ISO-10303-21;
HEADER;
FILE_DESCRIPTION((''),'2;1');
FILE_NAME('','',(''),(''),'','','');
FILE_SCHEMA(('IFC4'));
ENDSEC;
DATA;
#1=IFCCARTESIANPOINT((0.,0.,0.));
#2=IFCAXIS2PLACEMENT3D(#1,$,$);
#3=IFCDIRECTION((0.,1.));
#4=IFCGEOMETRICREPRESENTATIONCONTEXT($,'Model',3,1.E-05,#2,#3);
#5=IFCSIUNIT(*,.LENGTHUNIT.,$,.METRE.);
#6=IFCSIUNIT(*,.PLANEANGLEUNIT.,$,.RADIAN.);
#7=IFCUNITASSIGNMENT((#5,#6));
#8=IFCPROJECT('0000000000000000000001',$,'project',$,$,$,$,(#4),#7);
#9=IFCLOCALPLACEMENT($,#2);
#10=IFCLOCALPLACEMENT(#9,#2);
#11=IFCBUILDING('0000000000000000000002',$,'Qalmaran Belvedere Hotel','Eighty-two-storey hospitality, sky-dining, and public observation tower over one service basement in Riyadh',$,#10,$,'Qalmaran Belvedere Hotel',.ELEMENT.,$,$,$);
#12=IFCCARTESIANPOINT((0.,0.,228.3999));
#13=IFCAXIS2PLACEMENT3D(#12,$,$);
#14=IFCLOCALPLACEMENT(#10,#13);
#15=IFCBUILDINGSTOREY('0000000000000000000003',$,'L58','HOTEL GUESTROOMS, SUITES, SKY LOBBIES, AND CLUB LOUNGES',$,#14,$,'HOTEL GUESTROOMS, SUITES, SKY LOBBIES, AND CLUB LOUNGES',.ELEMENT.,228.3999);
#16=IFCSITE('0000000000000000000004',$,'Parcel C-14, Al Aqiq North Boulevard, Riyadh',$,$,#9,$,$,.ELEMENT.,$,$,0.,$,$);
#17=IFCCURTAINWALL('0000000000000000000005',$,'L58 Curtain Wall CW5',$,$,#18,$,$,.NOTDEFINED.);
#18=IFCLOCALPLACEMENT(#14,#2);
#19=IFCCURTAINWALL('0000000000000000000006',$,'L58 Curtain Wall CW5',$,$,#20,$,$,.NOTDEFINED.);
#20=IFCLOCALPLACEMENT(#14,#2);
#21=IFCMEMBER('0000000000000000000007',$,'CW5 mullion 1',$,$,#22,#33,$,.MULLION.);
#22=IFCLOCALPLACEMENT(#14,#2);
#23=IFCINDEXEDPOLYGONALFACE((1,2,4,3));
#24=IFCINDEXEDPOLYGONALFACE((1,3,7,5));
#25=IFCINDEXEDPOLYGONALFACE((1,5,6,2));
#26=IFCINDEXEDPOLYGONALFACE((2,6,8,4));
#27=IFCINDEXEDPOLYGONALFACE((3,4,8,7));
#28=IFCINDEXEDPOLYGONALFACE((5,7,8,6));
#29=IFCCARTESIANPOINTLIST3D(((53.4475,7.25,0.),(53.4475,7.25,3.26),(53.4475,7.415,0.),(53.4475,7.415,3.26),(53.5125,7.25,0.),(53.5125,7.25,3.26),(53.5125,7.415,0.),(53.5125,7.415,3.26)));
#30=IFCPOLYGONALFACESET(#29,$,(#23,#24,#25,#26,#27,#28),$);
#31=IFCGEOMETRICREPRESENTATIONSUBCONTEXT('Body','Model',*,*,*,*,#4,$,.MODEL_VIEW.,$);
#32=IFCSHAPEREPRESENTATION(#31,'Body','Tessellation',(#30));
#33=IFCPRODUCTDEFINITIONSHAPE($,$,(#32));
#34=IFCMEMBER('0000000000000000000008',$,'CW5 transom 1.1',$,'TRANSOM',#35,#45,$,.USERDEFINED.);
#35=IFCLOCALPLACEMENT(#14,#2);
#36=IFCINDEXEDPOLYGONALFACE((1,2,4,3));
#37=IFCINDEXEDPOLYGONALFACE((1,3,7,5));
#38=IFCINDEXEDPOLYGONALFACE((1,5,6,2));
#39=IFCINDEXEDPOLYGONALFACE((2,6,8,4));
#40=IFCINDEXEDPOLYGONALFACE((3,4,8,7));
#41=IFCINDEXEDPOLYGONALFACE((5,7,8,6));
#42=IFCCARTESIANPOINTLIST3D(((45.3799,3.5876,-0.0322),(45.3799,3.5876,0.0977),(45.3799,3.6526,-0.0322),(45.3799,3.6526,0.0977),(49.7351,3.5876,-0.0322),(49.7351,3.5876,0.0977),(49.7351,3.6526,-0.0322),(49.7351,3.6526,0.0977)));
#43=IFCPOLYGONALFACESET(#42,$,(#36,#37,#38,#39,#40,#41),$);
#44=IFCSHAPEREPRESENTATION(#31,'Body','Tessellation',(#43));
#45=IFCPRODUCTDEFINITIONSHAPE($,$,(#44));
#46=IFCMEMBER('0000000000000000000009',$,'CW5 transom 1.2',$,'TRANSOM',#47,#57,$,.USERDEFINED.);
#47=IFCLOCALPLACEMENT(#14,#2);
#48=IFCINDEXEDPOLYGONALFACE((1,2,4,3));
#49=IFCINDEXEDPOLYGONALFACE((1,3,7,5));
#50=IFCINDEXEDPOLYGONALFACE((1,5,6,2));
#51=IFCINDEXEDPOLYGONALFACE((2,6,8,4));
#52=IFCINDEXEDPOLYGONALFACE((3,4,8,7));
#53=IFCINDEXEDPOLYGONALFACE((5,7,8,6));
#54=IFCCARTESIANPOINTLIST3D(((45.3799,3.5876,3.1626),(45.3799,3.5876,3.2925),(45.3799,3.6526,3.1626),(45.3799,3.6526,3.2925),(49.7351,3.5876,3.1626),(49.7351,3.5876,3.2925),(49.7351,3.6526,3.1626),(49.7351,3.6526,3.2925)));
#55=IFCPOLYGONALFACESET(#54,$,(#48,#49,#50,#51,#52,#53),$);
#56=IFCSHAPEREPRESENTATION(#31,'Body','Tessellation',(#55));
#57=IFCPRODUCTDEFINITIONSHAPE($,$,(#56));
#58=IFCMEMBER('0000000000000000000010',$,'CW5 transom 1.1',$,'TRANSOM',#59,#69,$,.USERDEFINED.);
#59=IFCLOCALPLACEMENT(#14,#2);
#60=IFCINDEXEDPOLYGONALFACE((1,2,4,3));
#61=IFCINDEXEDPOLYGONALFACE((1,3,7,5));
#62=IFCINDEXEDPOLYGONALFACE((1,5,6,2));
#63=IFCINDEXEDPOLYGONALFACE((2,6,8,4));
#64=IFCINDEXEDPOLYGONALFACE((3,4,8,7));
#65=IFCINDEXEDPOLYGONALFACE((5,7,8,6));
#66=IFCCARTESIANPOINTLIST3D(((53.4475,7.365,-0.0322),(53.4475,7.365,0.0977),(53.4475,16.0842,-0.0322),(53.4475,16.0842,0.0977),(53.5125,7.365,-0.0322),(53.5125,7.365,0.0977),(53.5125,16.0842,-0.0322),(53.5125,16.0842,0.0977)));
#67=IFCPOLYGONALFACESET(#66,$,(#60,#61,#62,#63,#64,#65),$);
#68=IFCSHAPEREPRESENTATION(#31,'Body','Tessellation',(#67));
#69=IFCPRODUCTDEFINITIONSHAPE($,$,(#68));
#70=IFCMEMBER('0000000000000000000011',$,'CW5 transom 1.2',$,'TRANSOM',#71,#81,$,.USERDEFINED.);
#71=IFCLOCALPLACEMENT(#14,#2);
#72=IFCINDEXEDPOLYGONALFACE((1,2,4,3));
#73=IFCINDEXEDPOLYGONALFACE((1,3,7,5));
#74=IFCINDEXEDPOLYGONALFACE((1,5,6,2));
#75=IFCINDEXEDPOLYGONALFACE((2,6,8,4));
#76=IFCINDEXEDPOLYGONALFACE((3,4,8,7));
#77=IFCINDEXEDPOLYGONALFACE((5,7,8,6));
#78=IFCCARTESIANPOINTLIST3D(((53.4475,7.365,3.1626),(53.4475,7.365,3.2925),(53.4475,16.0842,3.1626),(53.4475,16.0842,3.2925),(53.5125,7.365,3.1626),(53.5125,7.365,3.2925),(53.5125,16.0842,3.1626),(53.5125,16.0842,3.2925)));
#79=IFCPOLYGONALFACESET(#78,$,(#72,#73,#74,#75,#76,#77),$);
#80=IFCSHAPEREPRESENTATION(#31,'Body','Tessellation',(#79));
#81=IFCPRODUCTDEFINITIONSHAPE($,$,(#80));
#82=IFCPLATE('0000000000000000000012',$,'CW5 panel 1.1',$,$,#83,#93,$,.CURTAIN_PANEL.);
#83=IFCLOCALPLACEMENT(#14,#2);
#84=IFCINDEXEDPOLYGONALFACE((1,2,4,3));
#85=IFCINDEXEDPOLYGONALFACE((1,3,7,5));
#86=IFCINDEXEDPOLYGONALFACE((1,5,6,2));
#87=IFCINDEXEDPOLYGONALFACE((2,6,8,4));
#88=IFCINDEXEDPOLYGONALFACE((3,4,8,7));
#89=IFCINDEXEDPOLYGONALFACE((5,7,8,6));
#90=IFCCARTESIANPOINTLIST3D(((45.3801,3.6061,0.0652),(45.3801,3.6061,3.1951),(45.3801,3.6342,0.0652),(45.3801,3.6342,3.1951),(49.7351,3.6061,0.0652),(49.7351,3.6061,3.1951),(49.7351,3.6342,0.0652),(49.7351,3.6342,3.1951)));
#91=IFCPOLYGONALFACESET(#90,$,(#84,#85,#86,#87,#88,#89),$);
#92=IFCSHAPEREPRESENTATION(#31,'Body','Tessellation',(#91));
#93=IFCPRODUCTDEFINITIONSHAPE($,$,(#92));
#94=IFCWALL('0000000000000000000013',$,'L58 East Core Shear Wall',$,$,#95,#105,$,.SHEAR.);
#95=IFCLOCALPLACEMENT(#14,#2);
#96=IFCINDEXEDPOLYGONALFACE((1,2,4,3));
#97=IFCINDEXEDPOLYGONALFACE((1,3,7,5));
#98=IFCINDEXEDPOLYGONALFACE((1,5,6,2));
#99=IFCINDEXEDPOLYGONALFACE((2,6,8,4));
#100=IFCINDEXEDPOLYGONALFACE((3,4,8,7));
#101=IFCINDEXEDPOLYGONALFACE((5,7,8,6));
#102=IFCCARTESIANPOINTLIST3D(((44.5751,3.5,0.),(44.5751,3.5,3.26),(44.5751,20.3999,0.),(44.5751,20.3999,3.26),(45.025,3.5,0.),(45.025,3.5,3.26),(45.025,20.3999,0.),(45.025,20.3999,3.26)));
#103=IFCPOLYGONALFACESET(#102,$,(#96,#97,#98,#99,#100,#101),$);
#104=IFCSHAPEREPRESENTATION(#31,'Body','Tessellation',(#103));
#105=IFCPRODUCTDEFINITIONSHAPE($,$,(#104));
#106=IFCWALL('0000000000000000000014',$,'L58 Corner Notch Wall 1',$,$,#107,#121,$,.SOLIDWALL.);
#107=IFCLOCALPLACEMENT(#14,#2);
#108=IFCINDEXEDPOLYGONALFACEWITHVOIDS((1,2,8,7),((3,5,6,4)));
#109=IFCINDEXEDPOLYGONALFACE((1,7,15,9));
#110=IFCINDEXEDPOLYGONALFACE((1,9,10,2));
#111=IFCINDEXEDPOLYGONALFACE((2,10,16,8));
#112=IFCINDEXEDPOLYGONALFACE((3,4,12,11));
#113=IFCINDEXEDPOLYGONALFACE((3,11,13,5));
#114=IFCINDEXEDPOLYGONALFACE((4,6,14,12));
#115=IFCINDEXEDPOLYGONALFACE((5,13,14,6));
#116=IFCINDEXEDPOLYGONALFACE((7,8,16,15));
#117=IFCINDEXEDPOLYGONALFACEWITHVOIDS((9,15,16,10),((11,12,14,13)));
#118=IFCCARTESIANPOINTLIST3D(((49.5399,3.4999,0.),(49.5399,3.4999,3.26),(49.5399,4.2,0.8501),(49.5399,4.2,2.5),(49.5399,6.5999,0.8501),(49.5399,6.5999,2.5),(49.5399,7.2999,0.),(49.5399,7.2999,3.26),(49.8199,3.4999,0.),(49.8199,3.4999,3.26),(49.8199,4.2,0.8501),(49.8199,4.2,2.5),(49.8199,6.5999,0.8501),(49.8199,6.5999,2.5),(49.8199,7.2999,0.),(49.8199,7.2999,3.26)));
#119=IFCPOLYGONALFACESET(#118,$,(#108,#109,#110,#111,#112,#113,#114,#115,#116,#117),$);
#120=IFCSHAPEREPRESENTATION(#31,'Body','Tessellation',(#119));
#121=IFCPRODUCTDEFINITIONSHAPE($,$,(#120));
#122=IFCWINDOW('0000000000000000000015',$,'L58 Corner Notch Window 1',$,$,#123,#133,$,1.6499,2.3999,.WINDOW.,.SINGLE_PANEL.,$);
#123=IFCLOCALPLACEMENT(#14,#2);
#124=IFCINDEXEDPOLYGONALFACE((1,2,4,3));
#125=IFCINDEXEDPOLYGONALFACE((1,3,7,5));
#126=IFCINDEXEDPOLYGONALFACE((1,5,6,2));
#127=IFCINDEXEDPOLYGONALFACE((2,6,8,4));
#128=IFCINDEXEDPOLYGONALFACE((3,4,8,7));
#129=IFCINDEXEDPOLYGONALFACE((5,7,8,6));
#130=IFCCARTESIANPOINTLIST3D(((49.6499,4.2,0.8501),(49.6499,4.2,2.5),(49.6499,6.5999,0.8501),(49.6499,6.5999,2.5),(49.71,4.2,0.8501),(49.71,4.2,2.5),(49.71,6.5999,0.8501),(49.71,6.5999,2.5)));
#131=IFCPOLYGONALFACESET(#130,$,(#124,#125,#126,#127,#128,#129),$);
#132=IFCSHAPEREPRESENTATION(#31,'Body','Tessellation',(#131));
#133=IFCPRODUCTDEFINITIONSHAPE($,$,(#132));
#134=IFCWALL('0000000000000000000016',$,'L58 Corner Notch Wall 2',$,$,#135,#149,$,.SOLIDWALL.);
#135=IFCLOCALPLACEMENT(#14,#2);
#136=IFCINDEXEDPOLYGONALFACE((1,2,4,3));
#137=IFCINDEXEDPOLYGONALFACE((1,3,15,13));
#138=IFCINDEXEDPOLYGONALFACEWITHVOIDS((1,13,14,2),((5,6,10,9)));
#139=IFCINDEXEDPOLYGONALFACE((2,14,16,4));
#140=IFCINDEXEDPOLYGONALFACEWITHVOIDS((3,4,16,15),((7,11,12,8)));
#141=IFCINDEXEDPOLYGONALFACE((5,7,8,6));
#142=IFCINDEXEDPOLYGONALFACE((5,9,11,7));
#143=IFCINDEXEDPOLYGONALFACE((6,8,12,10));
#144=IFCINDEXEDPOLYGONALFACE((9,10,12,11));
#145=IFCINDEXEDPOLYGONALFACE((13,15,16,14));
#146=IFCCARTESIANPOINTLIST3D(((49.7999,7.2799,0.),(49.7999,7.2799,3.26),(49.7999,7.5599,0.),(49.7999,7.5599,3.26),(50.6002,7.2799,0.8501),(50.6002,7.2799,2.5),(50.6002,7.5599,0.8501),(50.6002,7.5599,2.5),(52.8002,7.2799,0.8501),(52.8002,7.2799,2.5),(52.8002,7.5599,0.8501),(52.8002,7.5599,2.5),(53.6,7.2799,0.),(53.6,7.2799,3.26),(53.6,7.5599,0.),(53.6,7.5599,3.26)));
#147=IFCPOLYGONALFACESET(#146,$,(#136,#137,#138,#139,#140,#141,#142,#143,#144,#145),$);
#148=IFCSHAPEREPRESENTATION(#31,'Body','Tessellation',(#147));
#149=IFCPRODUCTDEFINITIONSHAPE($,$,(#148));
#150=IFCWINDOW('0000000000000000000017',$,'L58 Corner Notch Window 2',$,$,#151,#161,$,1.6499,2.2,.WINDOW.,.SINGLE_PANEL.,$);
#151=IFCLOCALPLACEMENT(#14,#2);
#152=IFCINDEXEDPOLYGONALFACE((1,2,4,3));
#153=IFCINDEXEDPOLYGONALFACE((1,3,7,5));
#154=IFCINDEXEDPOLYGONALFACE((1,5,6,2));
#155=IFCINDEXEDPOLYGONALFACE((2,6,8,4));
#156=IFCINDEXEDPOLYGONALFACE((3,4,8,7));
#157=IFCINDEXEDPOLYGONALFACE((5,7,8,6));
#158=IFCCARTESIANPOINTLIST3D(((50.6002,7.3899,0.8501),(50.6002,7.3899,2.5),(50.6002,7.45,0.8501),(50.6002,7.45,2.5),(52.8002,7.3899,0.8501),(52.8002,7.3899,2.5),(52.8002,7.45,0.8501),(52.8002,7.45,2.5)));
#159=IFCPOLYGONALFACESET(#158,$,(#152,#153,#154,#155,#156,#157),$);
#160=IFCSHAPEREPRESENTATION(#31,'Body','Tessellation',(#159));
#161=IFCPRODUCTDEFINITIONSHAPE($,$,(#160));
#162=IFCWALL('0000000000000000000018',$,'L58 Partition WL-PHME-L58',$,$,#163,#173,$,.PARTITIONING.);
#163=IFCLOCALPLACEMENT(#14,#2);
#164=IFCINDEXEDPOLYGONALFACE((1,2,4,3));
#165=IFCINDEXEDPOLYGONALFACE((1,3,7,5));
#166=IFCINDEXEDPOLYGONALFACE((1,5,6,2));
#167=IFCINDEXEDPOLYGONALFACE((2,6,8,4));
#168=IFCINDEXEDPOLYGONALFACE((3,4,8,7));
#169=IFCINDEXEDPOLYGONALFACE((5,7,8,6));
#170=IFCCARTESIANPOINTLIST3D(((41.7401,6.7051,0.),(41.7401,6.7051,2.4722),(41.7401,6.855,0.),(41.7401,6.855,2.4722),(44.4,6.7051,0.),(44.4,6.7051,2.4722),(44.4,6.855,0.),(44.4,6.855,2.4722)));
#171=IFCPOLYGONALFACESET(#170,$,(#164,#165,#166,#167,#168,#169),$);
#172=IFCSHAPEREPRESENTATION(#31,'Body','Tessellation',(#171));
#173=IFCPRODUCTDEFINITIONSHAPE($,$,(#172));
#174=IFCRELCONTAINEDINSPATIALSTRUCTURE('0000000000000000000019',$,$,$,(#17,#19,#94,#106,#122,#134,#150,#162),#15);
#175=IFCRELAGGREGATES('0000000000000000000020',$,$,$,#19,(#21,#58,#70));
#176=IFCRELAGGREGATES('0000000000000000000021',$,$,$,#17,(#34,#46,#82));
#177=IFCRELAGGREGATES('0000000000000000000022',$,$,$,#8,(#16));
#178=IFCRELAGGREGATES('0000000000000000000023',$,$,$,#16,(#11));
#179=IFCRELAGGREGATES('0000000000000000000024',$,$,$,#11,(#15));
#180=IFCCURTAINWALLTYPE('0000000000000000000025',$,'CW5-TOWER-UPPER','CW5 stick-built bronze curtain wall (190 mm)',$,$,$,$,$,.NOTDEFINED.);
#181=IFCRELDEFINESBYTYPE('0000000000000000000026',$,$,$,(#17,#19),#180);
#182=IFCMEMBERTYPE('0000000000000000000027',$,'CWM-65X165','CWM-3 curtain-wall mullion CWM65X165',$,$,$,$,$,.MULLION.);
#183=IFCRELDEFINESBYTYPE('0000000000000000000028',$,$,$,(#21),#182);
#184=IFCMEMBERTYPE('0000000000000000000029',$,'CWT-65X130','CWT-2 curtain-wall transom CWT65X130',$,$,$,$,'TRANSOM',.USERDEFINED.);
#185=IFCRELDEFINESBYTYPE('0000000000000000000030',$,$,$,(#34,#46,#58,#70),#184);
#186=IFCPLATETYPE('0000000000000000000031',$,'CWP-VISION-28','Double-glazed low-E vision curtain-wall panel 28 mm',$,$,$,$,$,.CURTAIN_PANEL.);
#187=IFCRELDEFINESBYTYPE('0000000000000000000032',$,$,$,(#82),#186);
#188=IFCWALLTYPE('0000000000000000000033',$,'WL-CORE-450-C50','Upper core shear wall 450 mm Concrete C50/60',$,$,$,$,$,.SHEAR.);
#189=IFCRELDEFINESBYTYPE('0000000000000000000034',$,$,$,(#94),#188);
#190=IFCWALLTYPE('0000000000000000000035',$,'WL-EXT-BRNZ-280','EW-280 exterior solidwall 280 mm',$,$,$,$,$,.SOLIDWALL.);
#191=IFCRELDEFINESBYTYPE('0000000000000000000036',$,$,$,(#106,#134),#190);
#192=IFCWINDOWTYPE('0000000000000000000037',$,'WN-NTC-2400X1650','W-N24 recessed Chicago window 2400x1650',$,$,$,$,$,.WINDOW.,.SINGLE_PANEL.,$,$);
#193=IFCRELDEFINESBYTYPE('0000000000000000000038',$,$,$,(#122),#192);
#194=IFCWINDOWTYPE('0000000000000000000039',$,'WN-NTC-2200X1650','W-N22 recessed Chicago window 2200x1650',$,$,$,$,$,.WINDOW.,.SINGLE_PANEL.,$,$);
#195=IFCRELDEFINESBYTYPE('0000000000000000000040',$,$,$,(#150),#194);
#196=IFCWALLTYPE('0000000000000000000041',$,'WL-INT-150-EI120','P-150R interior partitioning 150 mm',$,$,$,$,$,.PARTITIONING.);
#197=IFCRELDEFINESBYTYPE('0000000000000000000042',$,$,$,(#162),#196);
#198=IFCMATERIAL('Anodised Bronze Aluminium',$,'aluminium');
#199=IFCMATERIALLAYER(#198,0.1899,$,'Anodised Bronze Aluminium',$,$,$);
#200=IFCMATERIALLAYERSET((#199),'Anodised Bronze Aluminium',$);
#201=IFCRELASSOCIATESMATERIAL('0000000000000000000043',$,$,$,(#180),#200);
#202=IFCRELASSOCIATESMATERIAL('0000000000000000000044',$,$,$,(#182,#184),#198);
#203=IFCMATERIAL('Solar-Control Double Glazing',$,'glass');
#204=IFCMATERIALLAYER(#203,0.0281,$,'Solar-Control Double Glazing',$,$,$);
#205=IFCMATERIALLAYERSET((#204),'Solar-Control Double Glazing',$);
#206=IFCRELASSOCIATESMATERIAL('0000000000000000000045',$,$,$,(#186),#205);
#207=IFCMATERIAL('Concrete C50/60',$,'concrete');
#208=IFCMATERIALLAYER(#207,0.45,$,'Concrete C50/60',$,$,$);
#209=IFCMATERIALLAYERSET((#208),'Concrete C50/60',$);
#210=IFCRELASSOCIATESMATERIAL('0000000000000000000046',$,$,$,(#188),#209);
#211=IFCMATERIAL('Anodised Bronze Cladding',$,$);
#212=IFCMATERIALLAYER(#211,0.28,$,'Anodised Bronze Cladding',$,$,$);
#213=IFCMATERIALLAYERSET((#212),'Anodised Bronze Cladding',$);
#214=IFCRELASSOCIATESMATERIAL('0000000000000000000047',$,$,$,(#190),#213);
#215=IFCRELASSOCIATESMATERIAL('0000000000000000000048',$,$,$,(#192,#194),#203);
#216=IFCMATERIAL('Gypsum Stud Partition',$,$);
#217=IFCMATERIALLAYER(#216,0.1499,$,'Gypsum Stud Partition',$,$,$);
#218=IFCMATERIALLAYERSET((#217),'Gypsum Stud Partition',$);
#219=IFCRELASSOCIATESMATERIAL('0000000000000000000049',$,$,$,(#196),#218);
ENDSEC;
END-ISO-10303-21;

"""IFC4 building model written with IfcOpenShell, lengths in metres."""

from ifc_helpers import new_model, si_unit, direction, frame, frame_2d, origin, origin_2d, place, context, subcontext, project, spatial, rectangle, extrude, material, layer, layer_set, material_profile, profile_set, type_object, element, fill, aggregate, save


model = new_model("IFC4")

# Units and contexts
model_context = context("Model", 3, precision=1e-05, world=origin(), true_north=direction((0.0, 1.0)))
body_context = subcontext(model_context, "Body", "Model", "MODEL_VIEW")
ifc_project = project(units=[si_unit("LENGTHUNIT", "METRE"), si_unit("PLANEANGLEUNIT", "RADIAN")], contexts=[model_context])

# Site, building, storey
site_placement = place(None, origin())
site = spatial("IfcSite", under=ifc_project, at=site_placement, Name="Parcel C-14, Al Aqiq North Boulevard, Riyadh", CompositionType="ELEMENT", RefElevation=0.0)
building_placement = place(site_placement, origin())
building = spatial("IfcBuilding", under=site, at=building_placement, Name="Qalmaran Belvedere Hotel", Description="Eighty-two-storey hospitality, sky-dining, and public observation tower over one service basement in Riyadh", LongName="Qalmaran Belvedere Hotel", CompositionType="ELEMENT")
storey_placement = place(building_placement, frame((0.0, 0.0, 228.3999)))
storey = spatial("IfcBuildingStorey", under=building, at=storey_placement, Name="L58", Description="HOTEL GUESTROOMS, SUITES, SKY LOBBIES, AND CLUB LOUNGES", LongName="HOTEL GUESTROOMS, SUITES, SKY LOBBIES, AND CLUB LOUNGES", CompositionType="ELEMENT", Elevation=228.3999)

# Shared definitions
ifc_material_1 = material(Name="Concrete C50/60", Category="concrete")

# Curtain wall
ifc_material_2 = material(Name="Anodised Bronze Aluminium", Category="aluminium")
ifc_layer_1 = layer(ifc_material_2, 0.1899, Name="Anodised Bronze Aluminium")
ifc_layer_set_1 = layer_set([ifc_layer_1], Name="Anodised Bronze Aluminium")
curtain_wall_type = type_object("IfcCurtainWallType", Name="CW5-TOWER-UPPER", Description="CW5 stick-built bronze curtain wall (190 mm)", PredefinedType="NOTDEFINED", material=ifc_layer_set_1)
curtain_wall_1_placement = place(storey_placement, origin())
curtain_wall_1 = element("IfcCurtainWall", 1, at=curtain_wall_1_placement, inside=storey, type_object=curtain_wall_type, Name="L58 Curtain Wall CW5", PredefinedType="NOTDEFINED")
ifc_material_profile_1 = material_profile(ifc_material_2, rectangle(XDim=0.0649, YDim=0.165, at=origin_2d()), Name="CWM65X165")
ifc_profile_set_1 = profile_set([ifc_material_profile_1], Name="Anodised Bronze Aluminium")
member_type_1 = type_object("IfcMemberType", Name="CWM-65X165", Description="CWM-3 curtain-wall mullion CWM65X165", PredefinedType="MULLION", material=ifc_profile_set_1)

# Curtain wall, member
curtain_wall_2_placement = place(storey_placement, origin())
curtain_wall_2 = element("IfcCurtainWall", 2, at=curtain_wall_2_placement, inside=storey, type_object=curtain_wall_type, Name="L58 Curtain Wall CW5", PredefinedType="NOTDEFINED")
member_1_placement = place(storey_placement, frame((53.48, 7.3325, 0.0), z_axis=(0.0, 0.0, 1.0), x_axis=(-1.0, 0.0, 0.0)))
member_1 = element("IfcMember", 3, at=member_1_placement, type_object=member_type_1, Name="CW5 mullion 1", PredefinedType="MULLION", context=body_context, shape_type="SweptSolid", body=[
    extrude(rectangle(XDim=0.0649, YDim=0.165, at=origin_2d()), origin(), (0.0, 0.0, 1.0), 3.26),
])

# Members
ifc_material_profile_2 = material_profile(ifc_material_2, rectangle(XDim=0.0649, YDim=0.1299, at=origin_2d()), Name="CWT65X130")
ifc_profile_set_2 = profile_set([ifc_material_profile_2], Name="Anodised Bronze Aluminium")
member_type_2 = type_object("IfcMemberType", Name="CWT-65X130", Description="CWT-2 curtain-wall transom CWT65X130", ElementType="TRANSOM", PredefinedType="USERDEFINED", material=ifc_profile_set_2)
member_2_placement = place(storey_placement, frame((45.3799, 3.6201, 0.0327), z_axis=(1.0, 0.0, 0.0), x_axis=(0.0, 1.0, 0.0)))
member_2 = element("IfcMember", 4, at=member_2_placement, type_object=member_type_2, Name="CW5 transom 1.1", ObjectType="TRANSOM", PredefinedType="USERDEFINED", context=body_context, shape_type="SweptSolid", body=[
    extrude(rectangle(XDim=0.0649, YDim=0.1299, at=origin_2d()), origin(), (0.0, 0.0, 1.0), 4.3552),
])
member_3_placement = place(storey_placement, frame((45.3799, 3.6201, 3.2275), z_axis=(1.0, 0.0, 0.0), x_axis=(0.0, 1.0, 0.0)))
member_3 = element("IfcMember", 5, at=member_3_placement, type_object=member_type_2, Name="CW5 transom 1.2", ObjectType="TRANSOM", PredefinedType="USERDEFINED", context=body_context, shape_type="SweptSolid", body=[
    extrude(rectangle(XDim=0.0649, YDim=0.1299, at=origin_2d()), origin(), (0.0, 0.0, 1.0), 4.3552),
])
member_4_placement = place(storey_placement, frame((53.48, 7.365, 0.0327), z_axis=(0.0, 1.0, 0.0), x_axis=(-1.0, 0.0, 0.0)))
member_4 = element("IfcMember", 6, at=member_4_placement, type_object=member_type_2, Name="CW5 transom 1.1", ObjectType="TRANSOM", PredefinedType="USERDEFINED", context=body_context, shape_type="SweptSolid", body=[
    extrude(rectangle(XDim=0.0649, YDim=0.1299, at=origin_2d()), origin(), (0.0, 0.0, 1.0), 8.7192),
])
member_5_placement = place(storey_placement, frame((53.48, 7.365, 3.2275), z_axis=(0.0, 1.0, 0.0), x_axis=(-1.0, 0.0, 0.0)))
member_5 = element("IfcMember", 7, at=member_5_placement, type_object=member_type_2, Name="CW5 transom 1.2", ObjectType="TRANSOM", PredefinedType="USERDEFINED", context=body_context, shape_type="SweptSolid", body=[
    extrude(rectangle(XDim=0.0649, YDim=0.1299, at=origin_2d()), origin(), (0.0, 0.0, 1.0), 8.7192),
])
aggregate(curtain_wall_2, [member_1, member_4, member_5])

# Plate
ifc_material_3 = material(Name="Solar-Control Double Glazing", Category="glass")
ifc_layer_2 = layer(ifc_material_3, 0.0281, Name="Solar-Control Double Glazing")
ifc_layer_set_2 = layer_set([ifc_layer_2], Name="Solar-Control Double Glazing")
plate_type = type_object("IfcPlateType", Name="CWP-VISION-28", Description="Double-glazed low-E vision curtain-wall panel 28 mm", PredefinedType="CURTAIN_PANEL", material=ifc_layer_set_2)
plate_placement = place(storey_placement, frame((47.5576, 3.6201, 0.0652), z_axis=(0.0, 0.0, 1.0), x_axis=(1.0, 0.0, 0.0)))
plate = element("IfcPlate", 8, at=plate_placement, type_object=plate_type, Name="CW5 panel 1.1", PredefinedType="CURTAIN_PANEL", context=body_context, shape_type="SweptSolid", body=[
    extrude(rectangle(XDim=4.355, YDim=0.0281, at=origin_2d()), origin(), (0.0, 0.0, 1.0), 3.1299),
])
aggregate(curtain_wall_1, [member_2, member_3, plate])

# Wall
ifc_layer_3 = layer(ifc_material_1, 0.45, Name="Concrete C50/60")
ifc_layer_set_3 = layer_set([ifc_layer_3], Name="Concrete C50/60")
wall_type_1 = type_object("IfcWallType", Name="WL-CORE-450-C50", Description="Upper core shear wall 450 mm Concrete C50/60", PredefinedType="SHEAR", material=ifc_layer_set_3)
wall_1_placement = place(storey_placement, frame((44.8, 3.5, 0.0), z_axis=(0.0, 0.0, 1.0), x_axis=(0.0, 1.0, 0.0)))
element("IfcWall", 9, at=wall_1_placement, inside=storey, type_object=wall_type_1, Name="L58 East Core Shear Wall", PredefinedType="SHEAR", context=body_context, shape_type="SweptSolid", body=[
    extrude(rectangle(XDim=16.8999, YDim=0.45, at=frame_2d((8.45, 0.0))), origin(), (0.0, 0.0, 1.0), 3.26),
])

# Walls, openings, windows
ifc_material_4 = material(Name="Anodised Bronze Cladding")
ifc_layer_4 = layer(ifc_material_4, 0.28, Name="Anodised Bronze Cladding")
ifc_layer_set_4 = layer_set([ifc_layer_4], Name="Anodised Bronze Cladding")
wall_type_2 = type_object("IfcWallType", Name="WL-EXT-BRNZ-280", Description="EW-280 exterior solidwall 280 mm", PredefinedType="SOLIDWALL", material=ifc_layer_set_4)
wall_2_placement = place(storey_placement, frame((49.6799, 3.5, 0.0), z_axis=(0.0, 0.0, 1.0), x_axis=(0.0, 1.0, 0.0)))
wall_2 = element("IfcWall", 10, at=wall_2_placement, inside=storey, type_object=wall_type_2, Name="L58 Corner Notch Wall 1", PredefinedType="SOLIDWALL", context=body_context, shape_type="SweptSolid", body=[
    extrude(rectangle(XDim=3.8, YDim=0.28, at=frame_2d((1.8999, 0.0))), origin(), (0.0, 0.0, 1.0), 3.26),
])
opening_1_placement = place(wall_2_placement, frame((0.7, 0.0, 0.8501)))
opening_1 = element("IfcOpeningElement", 11, at=opening_1_placement, cuts=wall_2, PredefinedType="OPENING", context=body_context, shape_type="SweptSolid", body=[
    extrude(rectangle(XDim=2.3999, YDim=1.6499, at=frame_2d((1.2, 0.825))), frame((0.0, 0.1499, 0.0), z_axis=(0.0, -1.0, 0.0), x_axis=(1.0, 0.0, 0.0)), (0.0, 0.0, 1.0), 0.3),
])
window_type_1 = type_object("IfcWindowType", Name="WN-NTC-2400X1650", Description="W-N24 recessed Chicago window 2400x1650", PartitioningType="SINGLE_PANEL", PredefinedType="WINDOW", material=ifc_material_3)
window_1_placement = place(opening_1_placement, origin())
window_1 = element("IfcWindow", 12, at=window_1_placement, inside=storey, type_object=window_type_1, Name="L58 Corner Notch Window 1", OverallHeight=1.6499, OverallWidth=2.3999, PartitioningType="SINGLE_PANEL", PredefinedType="WINDOW", context=body_context, shape_type="SweptSolid", body=[
    extrude(rectangle(XDim=2.3999, YDim=1.6499, at=frame_2d((1.2, 0.825))), frame((0.0, 0.03, 0.0), z_axis=(0.0, -1.0, 0.0), x_axis=(1.0, 0.0, 0.0)), (0.0, 0.0, 1.0), 0.0601),
])
fill(opening_1, window_1)
wall_3_placement = place(storey_placement, frame((49.8, 7.4199, 0.0), z_axis=(0.0, 0.0, 1.0), x_axis=(1.0, 0.0, 0.0)))
wall_3 = element("IfcWall", 13, at=wall_3_placement, inside=storey, type_object=wall_type_2, Name="L58 Corner Notch Wall 2", PredefinedType="SOLIDWALL", context=body_context, shape_type="SweptSolid", body=[
    extrude(rectangle(XDim=3.8, YDim=0.28, at=frame_2d((1.8999, 0.0))), origin(), (0.0, 0.0, 1.0), 3.26),
])
opening_2_placement = place(wall_3_placement, frame((0.8, 0.0, 0.8501)))
opening_2 = element("IfcOpeningElement", 14, at=opening_2_placement, cuts=wall_3, PredefinedType="OPENING", context=body_context, shape_type="SweptSolid", body=[
    extrude(rectangle(XDim=2.2, YDim=1.6499, at=frame_2d((1.1001, 0.825))), frame((0.0, 0.1499, 0.0), z_axis=(0.0, -1.0, 0.0), x_axis=(1.0, 0.0, 0.0)), (0.0, 0.0, 1.0), 0.3),
])
window_type_2 = type_object("IfcWindowType", Name="WN-NTC-2200X1650", Description="W-N22 recessed Chicago window 2200x1650", PartitioningType="SINGLE_PANEL", PredefinedType="WINDOW", material=ifc_material_3)
window_2_placement = place(opening_2_placement, origin())
window_2 = element("IfcWindow", 15, at=window_2_placement, inside=storey, type_object=window_type_2, Name="L58 Corner Notch Window 2", OverallHeight=1.6499, OverallWidth=2.2, PartitioningType="SINGLE_PANEL", PredefinedType="WINDOW", context=body_context, shape_type="SweptSolid", body=[
    extrude(rectangle(XDim=2.2, YDim=1.6499, at=frame_2d((1.1001, 0.825))), frame((0.0, 0.03, 0.0), z_axis=(0.0, -1.0, 0.0), x_axis=(1.0, 0.0, 0.0)), (0.0, 0.0, 1.0), 0.0601),
])
fill(opening_2, window_2)

# Wall
ifc_material_5 = material(Name="Gypsum Stud Partition")
ifc_layer_5 = layer(ifc_material_5, 0.1499, Name="Gypsum Stud Partition")
ifc_layer_set_5 = layer_set([ifc_layer_5], Name="Gypsum Stud Partition")
wall_type_3 = type_object("IfcWallType", Name="WL-INT-150-EI120", Description="P-150R interior partitioning 150 mm", PredefinedType="PARTITIONING", material=ifc_layer_set_5)
wall_4_placement = place(storey_placement, frame((41.74, 6.78, 0.0), z_axis=(0.0, 0.0, 1.0), x_axis=(1.0, 0.0, 0.0)))
element("IfcWall", 16, at=wall_4_placement, inside=storey, type_object=wall_type_3, Name="L58 Partition WL-PHME-L58", PredefinedType="PARTITIONING", context=body_context, shape_type="SweptSolid", body=[
    extrude(rectangle(XDim=2.6599, YDim=0.1499, at=frame_2d((1.3301, 0.0))), origin(), (0.0, 0.0, 1.0), 2.4722),
])

save(model, "model.ifc")
